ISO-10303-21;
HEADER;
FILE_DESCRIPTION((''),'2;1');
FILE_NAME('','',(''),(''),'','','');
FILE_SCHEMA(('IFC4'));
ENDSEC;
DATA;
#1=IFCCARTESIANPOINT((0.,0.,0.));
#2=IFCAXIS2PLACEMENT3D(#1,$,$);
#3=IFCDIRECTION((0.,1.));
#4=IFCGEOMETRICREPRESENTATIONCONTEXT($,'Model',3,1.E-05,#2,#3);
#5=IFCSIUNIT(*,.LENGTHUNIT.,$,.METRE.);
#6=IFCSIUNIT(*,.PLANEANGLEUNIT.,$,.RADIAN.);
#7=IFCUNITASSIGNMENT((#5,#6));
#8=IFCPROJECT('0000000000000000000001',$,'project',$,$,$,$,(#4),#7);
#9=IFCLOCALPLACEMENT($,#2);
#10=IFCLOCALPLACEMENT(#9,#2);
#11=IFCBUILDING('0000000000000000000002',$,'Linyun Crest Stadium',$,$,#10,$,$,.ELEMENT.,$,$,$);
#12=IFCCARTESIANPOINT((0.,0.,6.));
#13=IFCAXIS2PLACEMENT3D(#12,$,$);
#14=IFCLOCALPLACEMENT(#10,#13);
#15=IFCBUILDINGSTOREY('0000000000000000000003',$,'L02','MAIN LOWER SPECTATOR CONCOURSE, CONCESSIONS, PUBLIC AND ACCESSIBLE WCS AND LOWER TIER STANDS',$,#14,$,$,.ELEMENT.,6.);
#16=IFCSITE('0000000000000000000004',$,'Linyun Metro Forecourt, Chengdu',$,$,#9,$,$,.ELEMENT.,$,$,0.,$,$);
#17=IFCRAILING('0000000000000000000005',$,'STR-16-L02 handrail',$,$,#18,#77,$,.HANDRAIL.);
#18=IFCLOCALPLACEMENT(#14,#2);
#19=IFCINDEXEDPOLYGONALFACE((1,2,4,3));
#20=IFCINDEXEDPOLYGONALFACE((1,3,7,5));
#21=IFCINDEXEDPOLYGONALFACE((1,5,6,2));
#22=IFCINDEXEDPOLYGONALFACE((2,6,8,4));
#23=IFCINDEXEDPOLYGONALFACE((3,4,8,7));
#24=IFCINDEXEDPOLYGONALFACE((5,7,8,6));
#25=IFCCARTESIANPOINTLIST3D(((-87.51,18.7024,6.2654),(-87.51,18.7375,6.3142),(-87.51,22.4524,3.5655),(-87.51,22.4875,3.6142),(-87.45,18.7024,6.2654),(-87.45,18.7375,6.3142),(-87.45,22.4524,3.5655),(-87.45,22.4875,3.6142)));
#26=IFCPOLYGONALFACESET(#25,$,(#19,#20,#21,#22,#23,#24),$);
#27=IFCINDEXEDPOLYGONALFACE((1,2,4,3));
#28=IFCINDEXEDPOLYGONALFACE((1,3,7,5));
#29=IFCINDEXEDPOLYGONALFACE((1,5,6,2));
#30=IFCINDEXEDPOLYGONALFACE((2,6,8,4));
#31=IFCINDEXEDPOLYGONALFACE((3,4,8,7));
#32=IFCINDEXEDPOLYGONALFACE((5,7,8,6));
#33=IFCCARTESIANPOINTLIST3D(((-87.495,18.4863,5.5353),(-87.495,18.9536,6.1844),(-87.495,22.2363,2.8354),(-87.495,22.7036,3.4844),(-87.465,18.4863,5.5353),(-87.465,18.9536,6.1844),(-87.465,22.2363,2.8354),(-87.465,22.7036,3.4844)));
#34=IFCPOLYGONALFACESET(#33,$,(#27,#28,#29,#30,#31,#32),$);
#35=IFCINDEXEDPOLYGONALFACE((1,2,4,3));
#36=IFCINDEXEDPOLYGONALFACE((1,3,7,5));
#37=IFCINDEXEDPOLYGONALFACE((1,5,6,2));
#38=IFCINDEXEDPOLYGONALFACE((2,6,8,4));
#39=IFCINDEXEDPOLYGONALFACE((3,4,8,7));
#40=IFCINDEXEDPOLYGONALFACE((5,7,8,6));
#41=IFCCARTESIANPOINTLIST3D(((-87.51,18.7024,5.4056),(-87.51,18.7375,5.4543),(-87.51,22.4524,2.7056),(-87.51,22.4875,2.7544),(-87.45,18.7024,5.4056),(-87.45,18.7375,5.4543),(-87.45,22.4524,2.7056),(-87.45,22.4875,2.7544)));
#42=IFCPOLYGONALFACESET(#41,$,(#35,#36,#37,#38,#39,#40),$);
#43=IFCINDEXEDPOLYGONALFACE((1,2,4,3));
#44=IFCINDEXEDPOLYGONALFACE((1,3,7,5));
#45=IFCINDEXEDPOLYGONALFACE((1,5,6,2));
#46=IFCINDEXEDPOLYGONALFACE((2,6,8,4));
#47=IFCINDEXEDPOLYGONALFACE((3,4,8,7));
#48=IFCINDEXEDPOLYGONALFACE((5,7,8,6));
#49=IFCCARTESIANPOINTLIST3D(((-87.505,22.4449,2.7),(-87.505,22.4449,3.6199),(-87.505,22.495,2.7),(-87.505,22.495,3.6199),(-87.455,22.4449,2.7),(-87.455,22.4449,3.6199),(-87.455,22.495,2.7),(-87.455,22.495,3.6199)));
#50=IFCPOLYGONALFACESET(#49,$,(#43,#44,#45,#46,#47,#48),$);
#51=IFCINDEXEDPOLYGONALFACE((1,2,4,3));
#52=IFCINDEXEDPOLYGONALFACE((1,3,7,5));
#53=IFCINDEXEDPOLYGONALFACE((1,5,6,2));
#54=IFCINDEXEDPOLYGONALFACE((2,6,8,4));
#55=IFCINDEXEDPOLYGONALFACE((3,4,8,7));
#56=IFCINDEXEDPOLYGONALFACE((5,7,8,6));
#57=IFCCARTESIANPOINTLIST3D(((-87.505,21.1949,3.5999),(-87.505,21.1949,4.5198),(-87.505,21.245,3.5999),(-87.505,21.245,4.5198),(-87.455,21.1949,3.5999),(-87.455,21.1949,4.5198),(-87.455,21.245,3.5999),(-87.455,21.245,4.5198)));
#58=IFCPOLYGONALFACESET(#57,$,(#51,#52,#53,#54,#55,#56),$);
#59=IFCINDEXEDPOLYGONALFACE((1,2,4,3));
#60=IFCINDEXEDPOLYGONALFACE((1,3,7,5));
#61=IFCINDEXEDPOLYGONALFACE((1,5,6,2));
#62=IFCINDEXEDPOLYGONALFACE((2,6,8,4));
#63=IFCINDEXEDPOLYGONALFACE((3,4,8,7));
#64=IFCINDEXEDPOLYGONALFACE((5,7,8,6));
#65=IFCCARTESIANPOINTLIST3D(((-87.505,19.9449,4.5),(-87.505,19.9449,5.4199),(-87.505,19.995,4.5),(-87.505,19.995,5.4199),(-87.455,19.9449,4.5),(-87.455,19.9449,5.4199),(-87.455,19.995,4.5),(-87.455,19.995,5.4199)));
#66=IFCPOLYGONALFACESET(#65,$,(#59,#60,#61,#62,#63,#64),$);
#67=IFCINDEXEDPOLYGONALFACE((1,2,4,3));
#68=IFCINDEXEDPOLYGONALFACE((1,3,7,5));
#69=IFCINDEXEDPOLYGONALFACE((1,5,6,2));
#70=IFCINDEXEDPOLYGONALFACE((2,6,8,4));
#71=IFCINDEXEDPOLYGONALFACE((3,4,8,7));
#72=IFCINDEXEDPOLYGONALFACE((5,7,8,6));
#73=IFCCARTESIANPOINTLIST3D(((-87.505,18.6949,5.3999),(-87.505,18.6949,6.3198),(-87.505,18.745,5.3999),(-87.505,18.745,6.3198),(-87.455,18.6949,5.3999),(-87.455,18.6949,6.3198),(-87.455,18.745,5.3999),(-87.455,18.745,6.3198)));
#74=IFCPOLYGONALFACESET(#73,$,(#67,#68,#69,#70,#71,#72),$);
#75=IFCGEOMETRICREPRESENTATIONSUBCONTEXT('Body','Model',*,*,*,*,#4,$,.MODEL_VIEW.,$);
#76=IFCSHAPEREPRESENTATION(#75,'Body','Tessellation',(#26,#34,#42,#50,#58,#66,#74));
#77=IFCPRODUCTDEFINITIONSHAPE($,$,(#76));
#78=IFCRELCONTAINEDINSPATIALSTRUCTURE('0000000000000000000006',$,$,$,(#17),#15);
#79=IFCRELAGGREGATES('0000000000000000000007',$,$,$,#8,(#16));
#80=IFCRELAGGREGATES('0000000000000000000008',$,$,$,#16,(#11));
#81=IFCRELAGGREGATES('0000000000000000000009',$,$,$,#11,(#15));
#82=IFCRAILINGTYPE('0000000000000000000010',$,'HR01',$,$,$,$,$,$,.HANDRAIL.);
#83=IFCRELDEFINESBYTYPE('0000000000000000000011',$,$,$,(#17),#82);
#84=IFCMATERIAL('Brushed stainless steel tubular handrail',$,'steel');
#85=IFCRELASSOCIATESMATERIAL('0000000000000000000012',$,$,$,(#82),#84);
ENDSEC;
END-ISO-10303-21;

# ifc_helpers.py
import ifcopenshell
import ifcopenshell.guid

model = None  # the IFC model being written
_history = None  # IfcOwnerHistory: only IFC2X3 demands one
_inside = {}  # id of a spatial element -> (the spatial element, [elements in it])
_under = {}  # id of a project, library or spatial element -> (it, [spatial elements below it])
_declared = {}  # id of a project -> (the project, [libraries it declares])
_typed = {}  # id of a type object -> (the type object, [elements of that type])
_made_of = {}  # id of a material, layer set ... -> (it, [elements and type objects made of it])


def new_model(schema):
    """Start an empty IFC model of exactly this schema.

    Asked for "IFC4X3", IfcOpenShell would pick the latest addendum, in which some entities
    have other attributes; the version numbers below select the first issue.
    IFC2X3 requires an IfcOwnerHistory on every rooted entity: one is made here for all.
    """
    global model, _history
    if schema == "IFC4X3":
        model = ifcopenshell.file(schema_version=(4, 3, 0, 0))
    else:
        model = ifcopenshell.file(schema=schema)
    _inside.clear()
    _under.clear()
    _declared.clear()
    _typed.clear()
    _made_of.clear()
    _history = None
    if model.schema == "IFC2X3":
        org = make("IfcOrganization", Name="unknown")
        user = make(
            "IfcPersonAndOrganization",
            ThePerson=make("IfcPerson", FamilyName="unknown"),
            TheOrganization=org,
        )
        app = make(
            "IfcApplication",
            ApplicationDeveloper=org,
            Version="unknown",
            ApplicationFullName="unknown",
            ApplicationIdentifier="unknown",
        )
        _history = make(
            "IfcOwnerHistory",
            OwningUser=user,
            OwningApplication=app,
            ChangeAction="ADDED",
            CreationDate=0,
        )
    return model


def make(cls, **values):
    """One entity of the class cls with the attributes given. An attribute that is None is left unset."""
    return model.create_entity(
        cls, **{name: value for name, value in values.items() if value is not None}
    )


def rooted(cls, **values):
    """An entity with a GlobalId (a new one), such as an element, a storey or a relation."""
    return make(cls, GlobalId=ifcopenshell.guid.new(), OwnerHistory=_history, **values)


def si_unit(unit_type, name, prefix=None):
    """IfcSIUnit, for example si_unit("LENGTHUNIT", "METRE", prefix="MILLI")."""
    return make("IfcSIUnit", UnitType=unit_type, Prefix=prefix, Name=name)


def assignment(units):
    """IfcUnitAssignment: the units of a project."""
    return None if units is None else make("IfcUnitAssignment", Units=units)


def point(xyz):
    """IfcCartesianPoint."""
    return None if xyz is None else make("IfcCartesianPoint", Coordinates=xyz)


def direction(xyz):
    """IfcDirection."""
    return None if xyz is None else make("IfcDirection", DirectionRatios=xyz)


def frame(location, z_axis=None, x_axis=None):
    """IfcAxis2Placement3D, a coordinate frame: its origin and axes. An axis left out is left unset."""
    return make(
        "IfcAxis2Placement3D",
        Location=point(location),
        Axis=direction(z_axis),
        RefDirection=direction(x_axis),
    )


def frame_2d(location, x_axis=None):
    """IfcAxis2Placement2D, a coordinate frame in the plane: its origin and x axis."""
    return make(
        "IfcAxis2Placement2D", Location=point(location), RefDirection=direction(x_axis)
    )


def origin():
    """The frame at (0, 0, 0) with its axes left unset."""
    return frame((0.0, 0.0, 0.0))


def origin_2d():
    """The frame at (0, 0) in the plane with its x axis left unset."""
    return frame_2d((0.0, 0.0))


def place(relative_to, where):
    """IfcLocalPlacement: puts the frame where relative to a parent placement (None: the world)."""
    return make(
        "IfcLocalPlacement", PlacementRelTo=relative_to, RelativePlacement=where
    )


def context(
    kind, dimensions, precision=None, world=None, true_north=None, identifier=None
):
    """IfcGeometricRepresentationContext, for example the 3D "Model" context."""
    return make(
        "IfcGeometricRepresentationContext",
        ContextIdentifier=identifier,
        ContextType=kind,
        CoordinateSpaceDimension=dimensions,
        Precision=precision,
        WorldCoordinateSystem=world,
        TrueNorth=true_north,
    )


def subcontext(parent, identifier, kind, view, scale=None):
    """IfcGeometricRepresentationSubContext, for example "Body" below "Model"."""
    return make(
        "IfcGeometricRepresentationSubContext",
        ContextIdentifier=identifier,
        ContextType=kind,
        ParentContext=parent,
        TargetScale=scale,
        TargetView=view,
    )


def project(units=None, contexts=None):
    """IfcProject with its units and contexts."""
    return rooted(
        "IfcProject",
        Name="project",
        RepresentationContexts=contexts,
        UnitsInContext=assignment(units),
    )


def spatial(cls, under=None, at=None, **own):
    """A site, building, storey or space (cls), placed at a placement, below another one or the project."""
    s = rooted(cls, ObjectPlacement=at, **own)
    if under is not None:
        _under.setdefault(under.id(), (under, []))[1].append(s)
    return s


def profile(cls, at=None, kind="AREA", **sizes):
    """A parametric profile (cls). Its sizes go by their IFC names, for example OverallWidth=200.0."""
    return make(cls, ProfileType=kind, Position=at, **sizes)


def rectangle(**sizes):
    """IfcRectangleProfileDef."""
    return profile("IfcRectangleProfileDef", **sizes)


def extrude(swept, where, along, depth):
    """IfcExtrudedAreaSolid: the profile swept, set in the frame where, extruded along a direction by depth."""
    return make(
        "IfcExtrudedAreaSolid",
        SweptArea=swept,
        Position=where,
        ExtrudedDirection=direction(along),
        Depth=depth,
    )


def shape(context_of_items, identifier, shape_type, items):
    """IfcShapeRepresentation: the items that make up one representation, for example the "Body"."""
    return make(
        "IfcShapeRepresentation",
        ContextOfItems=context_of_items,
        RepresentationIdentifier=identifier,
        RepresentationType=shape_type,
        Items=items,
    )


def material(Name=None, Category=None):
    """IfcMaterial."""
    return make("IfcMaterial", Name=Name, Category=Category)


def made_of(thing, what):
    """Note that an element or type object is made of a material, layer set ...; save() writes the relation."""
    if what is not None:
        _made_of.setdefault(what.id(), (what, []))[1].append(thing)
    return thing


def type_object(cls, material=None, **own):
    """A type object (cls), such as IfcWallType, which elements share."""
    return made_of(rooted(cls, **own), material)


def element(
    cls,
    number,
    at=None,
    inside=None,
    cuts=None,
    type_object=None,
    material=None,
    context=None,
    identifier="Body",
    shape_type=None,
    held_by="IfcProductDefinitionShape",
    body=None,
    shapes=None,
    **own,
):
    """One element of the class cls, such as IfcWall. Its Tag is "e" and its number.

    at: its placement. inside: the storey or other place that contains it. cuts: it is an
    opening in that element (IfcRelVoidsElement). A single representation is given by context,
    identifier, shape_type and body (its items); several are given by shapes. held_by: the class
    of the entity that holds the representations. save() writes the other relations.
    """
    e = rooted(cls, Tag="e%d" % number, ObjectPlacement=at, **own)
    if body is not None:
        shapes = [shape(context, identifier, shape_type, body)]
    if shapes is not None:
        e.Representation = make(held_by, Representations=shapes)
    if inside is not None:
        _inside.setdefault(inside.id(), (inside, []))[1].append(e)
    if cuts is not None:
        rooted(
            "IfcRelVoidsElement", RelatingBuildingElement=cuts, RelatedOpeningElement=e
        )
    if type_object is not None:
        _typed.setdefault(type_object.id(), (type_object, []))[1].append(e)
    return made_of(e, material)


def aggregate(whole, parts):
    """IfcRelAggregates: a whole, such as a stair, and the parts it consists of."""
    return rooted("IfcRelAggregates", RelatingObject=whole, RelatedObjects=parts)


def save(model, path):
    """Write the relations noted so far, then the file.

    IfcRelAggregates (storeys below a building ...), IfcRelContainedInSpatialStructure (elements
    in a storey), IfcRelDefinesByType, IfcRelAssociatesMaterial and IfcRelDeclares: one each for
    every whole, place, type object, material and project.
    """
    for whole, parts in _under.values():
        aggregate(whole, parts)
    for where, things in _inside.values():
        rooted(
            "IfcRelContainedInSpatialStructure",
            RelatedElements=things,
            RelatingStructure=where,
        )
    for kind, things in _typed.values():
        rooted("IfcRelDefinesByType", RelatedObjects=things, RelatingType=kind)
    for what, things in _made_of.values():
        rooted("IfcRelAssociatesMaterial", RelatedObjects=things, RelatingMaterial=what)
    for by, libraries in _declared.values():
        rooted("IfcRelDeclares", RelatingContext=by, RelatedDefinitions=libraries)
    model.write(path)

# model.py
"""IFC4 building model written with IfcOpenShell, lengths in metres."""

from ifc_helpers import new_model, si_unit, direction, frame, origin, origin_2d, place, context, subcontext, project, spatial, rectangle, extrude, material, type_object, element, save


model = new_model("IFC4")

# Units and contexts
model_context = context("Model", 3, precision=1e-05, world=origin(), true_north=direction((0.0, 1.0)))
body_context = subcontext(model_context, "Body", "Model", "MODEL_VIEW")
ifc_project = project(units=[si_unit("LENGTHUNIT", "METRE"), si_unit("PLANEANGLEUNIT", "RADIAN")], contexts=[model_context])

# Site, building, storey
site_placement = place(None, origin())
site = spatial("IfcSite", under=ifc_project, at=site_placement, Name="Linyun Metro Forecourt, Chengdu", CompositionType="ELEMENT", RefElevation=0.0)
building_placement = place(site_placement, origin())
building = spatial("IfcBuilding", under=site, at=building_placement, Name="Linyun Crest Stadium", CompositionType="ELEMENT")
storey_placement = place(building_placement, frame((0.0, 0.0, 6.0)))
storey = spatial("IfcBuildingStorey", under=building, at=storey_placement, Name="L02", Description="MAIN LOWER SPECTATOR CONCOURSE, CONCESSIONS, PUBLIC AND ACCESSIBLE WCS AND LOWER TIER STANDS", CompositionType="ELEMENT", Elevation=6.0)

# Railing
ifc_material_1 = material(Name="Brushed stainless steel tubular handrail", Category="steel")
railing_type = type_object("IfcRailingType", Name="HR01", PredefinedType="HANDRAIL", material=ifc_material_1)
for number, where, name in (
    (1, (-87.48, 22.47, 2.7), "STR-16-L02 handrail"),
):
    element("IfcRailing", number, at=place(storey_placement, frame(where)), inside=storey, type_object=railing_type, Name=name, PredefinedType="HANDRAIL", context=body_context, shape_type="SweptSolid", body=[
        extrude(rectangle(XDim=0.0601, YDim=0.0601, at=origin_2d()), frame((0.0, 0.0, 0.8899), z_axis=(0.0, -0.811539, 0.584298), x_axis=(1.0, 0.0, 0.0)), (0.0, 0.0, 1.0), 4.6208),
        extrude(rectangle(XDim=0.03, YDim=0.7998, at=origin_2d()), frame((0.0, 0.0, 0.46), z_axis=(0.0, -0.811539, 0.584298), x_axis=(1.0, 0.0, 0.0)), (0.0, 0.0, 1.0), 4.6208),
        extrude(rectangle(XDim=0.0601, YDim=0.0601, at=origin_2d()), frame((0.0, 0.0, 0.03), z_axis=(0.0, -0.811539, 0.584298), x_axis=(1.0, 0.0, 0.0)), (0.0, 0.0, 1.0), 4.6208),
        extrude(rectangle(XDim=0.05, YDim=0.05, at=origin_2d()), origin(), (0.0, 0.0, 1.0), 0.9199),
        extrude(rectangle(XDim=0.05, YDim=0.05, at=origin_2d()), frame((0.0, -1.25, 0.8999)), (0.0, 0.0, 1.0), 0.9199),
        extrude(rectangle(XDim=0.05, YDim=0.05, at=origin_2d()), frame((0.0, -2.5, 1.8)), (0.0, 0.0, 1.0), 0.9199),
        extrude(rectangle(XDim=0.05, YDim=0.05, at=origin_2d()), frame((0.0, -3.75, 2.7)), (0.0, 0.0, 1.0), 0.9199),
    ])

save(model, "model.ifc")
